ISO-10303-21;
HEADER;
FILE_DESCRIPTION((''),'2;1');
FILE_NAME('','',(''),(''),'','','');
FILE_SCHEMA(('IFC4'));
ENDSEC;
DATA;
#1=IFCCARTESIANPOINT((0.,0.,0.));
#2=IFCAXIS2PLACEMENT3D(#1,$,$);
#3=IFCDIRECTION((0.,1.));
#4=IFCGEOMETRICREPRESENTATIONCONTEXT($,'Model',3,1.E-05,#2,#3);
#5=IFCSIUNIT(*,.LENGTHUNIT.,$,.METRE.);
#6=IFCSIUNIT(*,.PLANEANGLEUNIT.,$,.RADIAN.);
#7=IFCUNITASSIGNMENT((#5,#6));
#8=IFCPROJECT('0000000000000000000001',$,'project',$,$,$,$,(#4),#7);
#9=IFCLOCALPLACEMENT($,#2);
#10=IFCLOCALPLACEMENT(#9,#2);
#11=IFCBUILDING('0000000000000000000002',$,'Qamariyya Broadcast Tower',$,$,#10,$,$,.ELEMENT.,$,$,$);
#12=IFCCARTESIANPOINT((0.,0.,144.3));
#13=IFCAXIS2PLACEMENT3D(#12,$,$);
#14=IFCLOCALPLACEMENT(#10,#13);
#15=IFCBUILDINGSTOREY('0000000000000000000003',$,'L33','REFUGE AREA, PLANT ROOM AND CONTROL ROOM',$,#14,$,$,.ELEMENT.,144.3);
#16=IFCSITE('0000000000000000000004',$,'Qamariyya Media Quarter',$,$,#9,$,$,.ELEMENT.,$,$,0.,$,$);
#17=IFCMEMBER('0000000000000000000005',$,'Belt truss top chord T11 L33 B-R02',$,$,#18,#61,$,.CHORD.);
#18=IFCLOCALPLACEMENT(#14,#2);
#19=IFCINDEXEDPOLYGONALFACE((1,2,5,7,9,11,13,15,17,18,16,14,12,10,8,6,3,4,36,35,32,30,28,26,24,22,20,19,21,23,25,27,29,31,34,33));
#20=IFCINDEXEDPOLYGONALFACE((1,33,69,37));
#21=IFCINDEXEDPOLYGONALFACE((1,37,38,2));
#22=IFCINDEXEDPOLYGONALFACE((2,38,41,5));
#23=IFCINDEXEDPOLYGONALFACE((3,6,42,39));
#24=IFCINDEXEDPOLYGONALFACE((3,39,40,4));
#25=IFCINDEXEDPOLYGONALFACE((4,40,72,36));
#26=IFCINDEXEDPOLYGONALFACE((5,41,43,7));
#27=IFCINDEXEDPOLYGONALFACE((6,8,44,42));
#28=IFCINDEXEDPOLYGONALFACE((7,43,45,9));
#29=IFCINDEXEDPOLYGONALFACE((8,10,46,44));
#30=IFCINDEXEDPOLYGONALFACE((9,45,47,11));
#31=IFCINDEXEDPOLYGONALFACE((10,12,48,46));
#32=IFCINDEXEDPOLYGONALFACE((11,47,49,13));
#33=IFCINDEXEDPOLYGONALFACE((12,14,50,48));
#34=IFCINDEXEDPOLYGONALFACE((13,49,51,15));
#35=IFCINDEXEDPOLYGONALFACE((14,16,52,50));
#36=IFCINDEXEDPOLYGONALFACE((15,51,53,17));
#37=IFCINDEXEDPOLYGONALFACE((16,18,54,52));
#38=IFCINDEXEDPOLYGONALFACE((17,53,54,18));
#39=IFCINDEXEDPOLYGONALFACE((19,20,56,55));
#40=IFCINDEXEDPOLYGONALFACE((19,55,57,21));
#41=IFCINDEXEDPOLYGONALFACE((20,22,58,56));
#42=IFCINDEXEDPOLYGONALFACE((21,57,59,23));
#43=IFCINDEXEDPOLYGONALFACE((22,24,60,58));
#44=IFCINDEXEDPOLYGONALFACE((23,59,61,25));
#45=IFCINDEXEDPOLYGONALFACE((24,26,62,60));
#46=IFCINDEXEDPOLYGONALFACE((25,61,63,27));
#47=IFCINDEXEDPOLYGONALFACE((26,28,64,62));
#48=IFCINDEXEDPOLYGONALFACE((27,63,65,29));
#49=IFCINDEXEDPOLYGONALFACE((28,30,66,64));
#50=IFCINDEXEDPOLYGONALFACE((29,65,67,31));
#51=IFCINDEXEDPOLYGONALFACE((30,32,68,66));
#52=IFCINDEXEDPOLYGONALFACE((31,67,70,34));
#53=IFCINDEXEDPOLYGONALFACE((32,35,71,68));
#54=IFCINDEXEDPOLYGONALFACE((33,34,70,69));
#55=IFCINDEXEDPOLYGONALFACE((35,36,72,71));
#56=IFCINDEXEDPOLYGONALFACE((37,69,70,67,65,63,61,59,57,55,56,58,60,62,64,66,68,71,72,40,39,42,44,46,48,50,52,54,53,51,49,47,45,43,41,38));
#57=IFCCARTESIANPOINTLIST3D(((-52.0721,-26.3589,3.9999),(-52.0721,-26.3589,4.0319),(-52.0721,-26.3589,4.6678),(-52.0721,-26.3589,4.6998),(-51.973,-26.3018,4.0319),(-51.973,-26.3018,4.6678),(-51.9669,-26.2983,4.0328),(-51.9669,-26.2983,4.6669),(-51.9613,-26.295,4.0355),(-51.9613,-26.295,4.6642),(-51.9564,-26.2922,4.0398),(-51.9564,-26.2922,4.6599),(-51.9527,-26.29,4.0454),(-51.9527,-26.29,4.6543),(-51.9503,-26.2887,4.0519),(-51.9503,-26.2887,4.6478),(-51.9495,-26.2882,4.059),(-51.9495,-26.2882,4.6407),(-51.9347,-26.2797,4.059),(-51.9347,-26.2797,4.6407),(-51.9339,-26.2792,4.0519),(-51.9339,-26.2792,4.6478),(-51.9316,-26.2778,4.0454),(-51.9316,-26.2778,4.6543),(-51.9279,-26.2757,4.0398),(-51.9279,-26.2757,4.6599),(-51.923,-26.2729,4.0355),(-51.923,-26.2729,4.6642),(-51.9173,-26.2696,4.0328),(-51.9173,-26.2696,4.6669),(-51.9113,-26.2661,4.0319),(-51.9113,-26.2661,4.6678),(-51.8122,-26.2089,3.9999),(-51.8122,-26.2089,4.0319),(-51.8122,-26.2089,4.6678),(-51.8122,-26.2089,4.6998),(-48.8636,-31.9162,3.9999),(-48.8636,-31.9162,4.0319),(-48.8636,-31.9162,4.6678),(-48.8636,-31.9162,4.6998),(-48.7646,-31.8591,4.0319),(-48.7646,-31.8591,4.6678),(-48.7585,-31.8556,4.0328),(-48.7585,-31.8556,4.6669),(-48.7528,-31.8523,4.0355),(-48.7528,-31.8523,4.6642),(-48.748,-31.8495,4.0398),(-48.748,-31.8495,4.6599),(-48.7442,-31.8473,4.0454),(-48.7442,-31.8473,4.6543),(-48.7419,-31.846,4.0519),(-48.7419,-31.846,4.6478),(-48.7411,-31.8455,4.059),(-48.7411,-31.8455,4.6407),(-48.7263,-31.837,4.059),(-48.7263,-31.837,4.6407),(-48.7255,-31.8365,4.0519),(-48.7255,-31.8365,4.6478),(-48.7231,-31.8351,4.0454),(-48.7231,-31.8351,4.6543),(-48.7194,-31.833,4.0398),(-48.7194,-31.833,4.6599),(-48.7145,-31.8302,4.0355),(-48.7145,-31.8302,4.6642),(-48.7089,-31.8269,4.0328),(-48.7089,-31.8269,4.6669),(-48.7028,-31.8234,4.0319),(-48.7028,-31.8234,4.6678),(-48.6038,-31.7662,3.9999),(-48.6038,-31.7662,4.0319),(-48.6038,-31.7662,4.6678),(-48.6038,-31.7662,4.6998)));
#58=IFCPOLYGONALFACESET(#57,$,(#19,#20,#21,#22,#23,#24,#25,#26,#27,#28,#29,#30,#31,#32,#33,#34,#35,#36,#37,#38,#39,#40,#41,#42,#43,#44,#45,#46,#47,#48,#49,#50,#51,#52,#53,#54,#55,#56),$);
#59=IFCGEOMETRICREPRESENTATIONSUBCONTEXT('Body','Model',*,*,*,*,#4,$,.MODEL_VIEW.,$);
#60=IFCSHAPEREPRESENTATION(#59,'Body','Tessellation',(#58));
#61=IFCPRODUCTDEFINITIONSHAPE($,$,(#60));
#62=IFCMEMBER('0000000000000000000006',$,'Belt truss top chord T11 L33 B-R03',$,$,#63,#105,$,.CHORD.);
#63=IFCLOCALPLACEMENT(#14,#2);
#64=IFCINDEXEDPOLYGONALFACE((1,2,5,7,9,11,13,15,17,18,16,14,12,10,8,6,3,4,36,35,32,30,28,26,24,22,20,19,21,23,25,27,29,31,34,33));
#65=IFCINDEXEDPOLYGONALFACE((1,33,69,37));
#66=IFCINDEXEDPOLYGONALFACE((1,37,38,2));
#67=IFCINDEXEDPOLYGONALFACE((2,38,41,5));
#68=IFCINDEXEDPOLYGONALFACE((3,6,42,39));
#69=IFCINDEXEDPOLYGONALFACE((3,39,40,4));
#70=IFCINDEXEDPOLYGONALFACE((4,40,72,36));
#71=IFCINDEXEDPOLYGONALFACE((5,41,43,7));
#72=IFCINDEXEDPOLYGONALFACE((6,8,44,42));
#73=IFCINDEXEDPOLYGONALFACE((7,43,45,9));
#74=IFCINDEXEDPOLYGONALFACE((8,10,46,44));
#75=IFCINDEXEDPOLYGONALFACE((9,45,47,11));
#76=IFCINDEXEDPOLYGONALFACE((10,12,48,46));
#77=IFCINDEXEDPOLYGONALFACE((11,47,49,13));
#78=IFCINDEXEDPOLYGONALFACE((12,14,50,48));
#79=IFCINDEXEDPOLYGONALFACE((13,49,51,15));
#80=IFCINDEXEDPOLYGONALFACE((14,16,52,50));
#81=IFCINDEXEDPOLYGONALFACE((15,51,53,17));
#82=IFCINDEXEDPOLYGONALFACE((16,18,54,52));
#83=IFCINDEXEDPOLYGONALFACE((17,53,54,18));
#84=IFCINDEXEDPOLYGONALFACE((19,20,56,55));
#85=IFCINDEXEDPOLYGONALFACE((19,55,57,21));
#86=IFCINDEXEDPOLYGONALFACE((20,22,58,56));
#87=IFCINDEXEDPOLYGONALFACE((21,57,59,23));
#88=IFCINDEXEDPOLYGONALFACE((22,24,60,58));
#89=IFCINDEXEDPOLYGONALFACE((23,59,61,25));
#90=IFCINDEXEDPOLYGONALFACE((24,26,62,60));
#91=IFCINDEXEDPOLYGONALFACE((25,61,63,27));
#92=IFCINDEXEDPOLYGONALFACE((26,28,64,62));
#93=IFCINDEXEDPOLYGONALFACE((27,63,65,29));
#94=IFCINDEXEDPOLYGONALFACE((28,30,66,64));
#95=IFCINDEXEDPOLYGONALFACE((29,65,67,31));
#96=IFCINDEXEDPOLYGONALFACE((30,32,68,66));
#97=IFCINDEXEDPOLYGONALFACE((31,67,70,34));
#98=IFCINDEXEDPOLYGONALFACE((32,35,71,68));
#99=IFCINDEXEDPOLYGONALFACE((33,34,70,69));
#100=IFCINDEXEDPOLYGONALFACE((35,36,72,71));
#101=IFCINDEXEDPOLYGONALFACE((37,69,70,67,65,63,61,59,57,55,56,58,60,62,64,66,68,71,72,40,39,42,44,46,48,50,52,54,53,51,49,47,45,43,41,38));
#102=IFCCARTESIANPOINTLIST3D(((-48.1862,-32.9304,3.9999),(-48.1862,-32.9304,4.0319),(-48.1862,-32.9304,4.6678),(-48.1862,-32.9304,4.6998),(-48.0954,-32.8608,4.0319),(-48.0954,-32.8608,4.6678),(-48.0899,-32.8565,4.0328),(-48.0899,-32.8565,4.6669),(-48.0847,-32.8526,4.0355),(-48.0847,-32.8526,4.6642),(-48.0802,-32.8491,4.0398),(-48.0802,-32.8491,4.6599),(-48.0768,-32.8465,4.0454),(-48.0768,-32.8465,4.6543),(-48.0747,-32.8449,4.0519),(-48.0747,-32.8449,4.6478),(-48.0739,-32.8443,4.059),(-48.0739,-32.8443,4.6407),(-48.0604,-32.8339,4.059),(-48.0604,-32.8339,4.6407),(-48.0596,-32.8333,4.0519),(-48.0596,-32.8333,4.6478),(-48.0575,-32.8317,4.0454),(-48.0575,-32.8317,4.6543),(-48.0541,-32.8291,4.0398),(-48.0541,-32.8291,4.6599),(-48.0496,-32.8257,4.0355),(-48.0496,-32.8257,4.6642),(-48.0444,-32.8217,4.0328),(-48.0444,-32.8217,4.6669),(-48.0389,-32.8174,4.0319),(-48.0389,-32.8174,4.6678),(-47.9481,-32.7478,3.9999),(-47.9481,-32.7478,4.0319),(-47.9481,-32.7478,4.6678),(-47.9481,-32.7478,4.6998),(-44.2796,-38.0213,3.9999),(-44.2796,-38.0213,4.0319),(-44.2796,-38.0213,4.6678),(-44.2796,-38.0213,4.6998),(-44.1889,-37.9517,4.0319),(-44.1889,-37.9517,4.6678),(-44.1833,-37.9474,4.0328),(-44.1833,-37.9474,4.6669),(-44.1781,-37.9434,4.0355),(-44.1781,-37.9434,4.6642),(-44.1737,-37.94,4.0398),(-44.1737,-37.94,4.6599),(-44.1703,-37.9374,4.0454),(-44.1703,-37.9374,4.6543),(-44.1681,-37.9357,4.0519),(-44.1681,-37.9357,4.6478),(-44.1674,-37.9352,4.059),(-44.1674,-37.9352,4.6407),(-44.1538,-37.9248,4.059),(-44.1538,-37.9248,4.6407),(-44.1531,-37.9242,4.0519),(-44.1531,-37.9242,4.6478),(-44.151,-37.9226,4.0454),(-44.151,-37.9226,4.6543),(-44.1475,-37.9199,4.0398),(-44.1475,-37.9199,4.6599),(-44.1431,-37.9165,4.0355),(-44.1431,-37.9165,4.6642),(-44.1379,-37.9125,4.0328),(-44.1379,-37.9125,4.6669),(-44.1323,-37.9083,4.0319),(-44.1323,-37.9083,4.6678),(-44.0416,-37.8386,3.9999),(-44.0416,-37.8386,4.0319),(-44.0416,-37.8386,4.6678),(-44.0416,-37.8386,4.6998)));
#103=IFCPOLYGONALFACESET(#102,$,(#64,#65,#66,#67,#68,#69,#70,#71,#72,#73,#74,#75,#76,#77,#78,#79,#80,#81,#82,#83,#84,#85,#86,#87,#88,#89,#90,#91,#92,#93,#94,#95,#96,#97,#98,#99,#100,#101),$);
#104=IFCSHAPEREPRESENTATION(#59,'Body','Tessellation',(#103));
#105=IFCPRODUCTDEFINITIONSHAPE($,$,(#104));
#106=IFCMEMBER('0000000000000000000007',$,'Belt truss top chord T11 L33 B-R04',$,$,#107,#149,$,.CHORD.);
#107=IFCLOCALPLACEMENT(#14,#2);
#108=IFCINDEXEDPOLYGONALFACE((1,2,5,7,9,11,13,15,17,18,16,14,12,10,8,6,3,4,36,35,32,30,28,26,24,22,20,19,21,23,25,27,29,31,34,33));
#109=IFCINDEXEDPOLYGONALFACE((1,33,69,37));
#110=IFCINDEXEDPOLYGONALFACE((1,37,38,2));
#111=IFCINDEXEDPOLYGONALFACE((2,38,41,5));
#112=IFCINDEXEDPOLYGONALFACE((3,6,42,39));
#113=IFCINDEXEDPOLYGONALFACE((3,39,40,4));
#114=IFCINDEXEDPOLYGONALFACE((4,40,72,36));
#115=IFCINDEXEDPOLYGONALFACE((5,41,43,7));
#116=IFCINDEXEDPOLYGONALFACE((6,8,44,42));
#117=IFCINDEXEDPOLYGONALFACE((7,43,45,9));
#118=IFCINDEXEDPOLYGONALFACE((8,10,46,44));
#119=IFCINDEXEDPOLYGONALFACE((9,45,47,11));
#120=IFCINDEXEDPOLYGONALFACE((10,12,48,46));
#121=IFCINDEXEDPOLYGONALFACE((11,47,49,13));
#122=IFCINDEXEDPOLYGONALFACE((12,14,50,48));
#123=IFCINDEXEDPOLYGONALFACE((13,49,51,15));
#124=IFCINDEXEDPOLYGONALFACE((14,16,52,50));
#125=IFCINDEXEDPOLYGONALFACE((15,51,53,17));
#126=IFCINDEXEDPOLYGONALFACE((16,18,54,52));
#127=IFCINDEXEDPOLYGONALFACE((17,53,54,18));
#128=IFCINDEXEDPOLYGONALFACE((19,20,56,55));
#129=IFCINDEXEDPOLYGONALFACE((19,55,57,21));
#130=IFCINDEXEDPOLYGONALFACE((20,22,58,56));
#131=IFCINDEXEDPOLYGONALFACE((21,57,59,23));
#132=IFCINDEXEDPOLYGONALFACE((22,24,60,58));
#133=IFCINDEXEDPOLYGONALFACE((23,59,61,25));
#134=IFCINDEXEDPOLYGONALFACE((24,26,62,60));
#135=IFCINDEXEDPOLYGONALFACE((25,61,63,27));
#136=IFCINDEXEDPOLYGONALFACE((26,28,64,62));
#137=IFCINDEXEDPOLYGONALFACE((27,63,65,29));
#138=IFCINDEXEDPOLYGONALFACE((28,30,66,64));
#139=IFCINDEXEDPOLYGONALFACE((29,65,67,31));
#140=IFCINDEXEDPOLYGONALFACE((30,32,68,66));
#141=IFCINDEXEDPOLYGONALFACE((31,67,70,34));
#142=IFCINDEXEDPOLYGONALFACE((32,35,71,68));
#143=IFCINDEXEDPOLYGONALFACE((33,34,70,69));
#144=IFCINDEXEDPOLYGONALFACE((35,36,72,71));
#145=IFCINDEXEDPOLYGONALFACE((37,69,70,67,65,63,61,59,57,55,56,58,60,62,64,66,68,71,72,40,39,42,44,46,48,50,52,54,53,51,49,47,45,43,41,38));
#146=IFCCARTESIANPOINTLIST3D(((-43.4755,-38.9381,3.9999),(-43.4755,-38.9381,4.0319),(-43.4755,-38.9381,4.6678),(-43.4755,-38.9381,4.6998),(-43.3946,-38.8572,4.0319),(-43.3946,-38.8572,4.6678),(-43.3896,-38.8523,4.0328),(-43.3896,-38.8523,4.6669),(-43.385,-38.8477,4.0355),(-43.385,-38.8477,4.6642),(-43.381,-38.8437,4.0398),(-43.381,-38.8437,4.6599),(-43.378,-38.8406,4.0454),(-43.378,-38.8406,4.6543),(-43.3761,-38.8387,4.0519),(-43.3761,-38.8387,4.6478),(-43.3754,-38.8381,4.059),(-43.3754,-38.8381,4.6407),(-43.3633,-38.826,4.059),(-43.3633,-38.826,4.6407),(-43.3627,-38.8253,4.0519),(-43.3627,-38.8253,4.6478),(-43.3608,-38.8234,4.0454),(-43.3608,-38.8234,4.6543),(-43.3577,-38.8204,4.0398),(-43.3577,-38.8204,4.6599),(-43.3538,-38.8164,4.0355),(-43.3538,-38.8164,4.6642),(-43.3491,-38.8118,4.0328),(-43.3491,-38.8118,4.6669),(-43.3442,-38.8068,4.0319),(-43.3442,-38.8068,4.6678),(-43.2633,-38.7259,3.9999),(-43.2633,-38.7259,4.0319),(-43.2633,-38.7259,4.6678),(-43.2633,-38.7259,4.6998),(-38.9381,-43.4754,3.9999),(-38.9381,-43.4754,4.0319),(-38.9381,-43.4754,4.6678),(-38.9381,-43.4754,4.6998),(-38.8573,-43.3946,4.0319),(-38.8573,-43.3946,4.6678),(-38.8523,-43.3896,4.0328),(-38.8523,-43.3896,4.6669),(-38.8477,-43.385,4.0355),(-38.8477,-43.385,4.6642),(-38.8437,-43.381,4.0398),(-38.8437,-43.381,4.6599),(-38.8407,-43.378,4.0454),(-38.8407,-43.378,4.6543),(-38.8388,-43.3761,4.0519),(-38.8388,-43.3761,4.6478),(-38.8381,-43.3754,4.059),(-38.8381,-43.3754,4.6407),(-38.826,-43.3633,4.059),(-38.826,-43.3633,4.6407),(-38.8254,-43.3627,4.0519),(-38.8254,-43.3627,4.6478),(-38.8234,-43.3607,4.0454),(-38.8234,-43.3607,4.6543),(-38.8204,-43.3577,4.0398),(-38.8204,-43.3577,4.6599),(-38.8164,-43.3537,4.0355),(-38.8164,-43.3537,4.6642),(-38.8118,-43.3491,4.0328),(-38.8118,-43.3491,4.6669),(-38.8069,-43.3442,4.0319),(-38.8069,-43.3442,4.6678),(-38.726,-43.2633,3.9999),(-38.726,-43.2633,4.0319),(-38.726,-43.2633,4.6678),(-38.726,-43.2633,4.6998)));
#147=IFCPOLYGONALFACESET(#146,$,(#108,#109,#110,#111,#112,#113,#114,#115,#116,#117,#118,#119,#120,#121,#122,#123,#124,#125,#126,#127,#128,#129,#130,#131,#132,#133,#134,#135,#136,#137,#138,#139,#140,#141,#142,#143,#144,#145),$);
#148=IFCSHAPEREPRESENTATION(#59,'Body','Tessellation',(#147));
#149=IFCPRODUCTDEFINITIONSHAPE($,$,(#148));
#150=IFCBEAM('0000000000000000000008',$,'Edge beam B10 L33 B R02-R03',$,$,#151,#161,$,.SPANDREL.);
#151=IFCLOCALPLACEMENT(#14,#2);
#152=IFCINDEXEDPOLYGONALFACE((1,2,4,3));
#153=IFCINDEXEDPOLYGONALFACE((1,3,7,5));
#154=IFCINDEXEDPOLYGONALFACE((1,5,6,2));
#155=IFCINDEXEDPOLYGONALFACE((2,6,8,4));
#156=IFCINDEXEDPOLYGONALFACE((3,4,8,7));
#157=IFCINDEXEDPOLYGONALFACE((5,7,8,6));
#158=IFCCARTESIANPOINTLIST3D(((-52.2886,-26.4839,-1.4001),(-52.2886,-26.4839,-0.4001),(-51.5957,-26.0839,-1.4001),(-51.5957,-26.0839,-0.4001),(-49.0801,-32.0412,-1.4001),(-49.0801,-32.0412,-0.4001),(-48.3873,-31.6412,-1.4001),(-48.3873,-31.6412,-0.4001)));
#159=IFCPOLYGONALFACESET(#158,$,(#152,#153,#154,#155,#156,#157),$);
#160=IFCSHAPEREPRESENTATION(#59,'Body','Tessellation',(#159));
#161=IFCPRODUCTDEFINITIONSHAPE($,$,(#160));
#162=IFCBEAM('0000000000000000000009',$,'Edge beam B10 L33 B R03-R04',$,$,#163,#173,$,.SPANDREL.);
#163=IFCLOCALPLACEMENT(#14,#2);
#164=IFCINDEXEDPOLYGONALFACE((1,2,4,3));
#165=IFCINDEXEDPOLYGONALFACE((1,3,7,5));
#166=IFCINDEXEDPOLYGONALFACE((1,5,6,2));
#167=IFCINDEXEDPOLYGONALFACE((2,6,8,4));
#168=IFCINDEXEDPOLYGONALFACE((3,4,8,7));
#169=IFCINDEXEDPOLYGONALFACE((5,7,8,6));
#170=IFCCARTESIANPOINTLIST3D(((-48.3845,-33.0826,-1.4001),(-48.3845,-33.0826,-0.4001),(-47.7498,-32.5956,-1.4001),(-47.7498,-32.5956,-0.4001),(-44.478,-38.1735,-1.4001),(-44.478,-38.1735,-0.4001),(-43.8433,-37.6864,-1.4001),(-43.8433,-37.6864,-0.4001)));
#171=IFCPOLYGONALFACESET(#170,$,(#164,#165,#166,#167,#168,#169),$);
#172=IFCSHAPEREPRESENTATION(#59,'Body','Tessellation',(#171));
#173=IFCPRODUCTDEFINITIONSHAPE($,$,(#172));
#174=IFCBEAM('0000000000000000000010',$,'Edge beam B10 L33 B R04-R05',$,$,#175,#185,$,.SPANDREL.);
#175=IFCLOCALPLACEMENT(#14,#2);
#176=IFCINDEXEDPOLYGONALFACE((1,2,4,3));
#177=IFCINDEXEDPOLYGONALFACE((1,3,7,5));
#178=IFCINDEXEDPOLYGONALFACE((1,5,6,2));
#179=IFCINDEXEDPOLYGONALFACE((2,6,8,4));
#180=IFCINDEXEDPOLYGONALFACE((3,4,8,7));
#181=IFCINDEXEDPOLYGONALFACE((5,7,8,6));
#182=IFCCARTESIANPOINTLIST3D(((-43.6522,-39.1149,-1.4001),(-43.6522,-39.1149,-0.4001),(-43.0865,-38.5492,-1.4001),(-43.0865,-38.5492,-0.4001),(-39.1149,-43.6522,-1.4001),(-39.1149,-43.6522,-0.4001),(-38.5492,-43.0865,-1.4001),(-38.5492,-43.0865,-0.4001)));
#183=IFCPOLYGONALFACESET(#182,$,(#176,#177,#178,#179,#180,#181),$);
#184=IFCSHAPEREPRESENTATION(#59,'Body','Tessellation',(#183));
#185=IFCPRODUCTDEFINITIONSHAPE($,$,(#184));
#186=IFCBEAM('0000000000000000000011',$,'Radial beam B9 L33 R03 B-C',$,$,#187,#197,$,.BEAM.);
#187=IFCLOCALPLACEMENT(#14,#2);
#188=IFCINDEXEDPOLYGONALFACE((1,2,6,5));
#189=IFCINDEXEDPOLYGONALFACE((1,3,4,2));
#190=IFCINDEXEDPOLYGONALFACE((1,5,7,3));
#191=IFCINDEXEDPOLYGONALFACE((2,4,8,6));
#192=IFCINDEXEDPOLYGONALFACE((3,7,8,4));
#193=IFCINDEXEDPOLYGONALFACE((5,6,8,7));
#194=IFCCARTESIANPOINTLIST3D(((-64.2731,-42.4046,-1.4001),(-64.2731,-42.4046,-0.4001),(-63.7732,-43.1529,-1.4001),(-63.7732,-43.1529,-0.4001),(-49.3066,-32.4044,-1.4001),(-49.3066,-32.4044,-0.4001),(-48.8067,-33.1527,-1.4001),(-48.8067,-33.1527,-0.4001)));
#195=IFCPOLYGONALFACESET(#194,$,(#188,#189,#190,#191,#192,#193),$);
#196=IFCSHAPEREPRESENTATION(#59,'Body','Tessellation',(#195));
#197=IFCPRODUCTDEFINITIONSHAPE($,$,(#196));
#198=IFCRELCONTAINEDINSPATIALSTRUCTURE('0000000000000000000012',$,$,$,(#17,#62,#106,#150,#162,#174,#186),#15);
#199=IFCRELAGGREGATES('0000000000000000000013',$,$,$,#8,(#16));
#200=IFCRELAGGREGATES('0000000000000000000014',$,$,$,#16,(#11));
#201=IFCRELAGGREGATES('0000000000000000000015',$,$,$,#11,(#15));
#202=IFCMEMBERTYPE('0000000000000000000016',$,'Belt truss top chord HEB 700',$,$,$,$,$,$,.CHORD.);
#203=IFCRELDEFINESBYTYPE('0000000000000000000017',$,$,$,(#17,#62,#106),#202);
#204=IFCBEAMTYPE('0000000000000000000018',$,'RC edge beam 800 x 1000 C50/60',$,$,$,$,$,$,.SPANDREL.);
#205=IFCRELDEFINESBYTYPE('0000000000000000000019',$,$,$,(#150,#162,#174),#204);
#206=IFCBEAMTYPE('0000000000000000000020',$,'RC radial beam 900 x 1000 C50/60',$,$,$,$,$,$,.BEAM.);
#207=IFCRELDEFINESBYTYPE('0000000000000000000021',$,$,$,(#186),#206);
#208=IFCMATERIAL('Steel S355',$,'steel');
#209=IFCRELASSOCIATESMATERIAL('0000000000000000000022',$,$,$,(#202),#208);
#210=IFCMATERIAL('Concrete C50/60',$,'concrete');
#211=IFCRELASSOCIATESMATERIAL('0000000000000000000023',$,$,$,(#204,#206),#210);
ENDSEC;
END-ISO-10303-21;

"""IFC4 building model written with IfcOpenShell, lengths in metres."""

from ifc_helpers import new_model, si_unit, direction, frame, origin, origin_2d, place, context, subcontext, project, spatial, rectangle, i_section, extrude, material, material_profile, profile_set, type_object, element, save


model = new_model("IFC4")

# Units and contexts
model_context = context("Model", 3, precision=1e-05, world=origin(), true_north=direction((0.0, 1.0)))
body_context = subcontext(model_context, "Body", "Model", "MODEL_VIEW")
ifc_project = project(units=[si_unit("LENGTHUNIT", "METRE"), si_unit("PLANEANGLEUNIT", "RADIAN")], contexts=[model_context])

# Site, building, storey
site_placement = place(None, origin())
site = spatial("IfcSite", under=ifc_project, at=site_placement, Name="Qamariyya Media Quarter", CompositionType="ELEMENT", RefElevation=0.0)
building_placement = place(site_placement, origin())
building = spatial("IfcBuilding", under=site, at=building_placement, Name="Qamariyya Broadcast Tower", CompositionType="ELEMENT")
storey_placement = place(building_placement, frame((0.0, 0.0, 144.3)))
storey = spatial("IfcBuildingStorey", under=building, at=storey_placement, Name="L33", Description="REFUGE AREA, PLANT ROOM AND CONTROL ROOM", CompositionType="ELEMENT", Elevation=144.3)

# Members
ifc_material_1 = material(Name="Steel S355", Category="steel")
ifc_material_profile_1 = material_profile(ifc_material_1, i_section(OverallWidth=0.3, OverallDepth=0.7, WebThickness=0.0171, FlangeThickness=0.032, FilletRadius=0.0271, at=origin_2d()))
ifc_profile_set_1 = profile_set([ifc_material_profile_1], Name="Steel S355")
member_type_1 = type_object("IfcMemberType", Name="Belt truss top chord HEB 700", PredefinedType="CHORD", material=ifc_profile_set_1)
for number, where, z_axis, x_axis, name in (
    (1, (-51.9421, -26.2839, 4.3499), (0.499994, -0.866029, 0.0), (0.866029, 0.499994, 0.0), "Belt truss top chord T11 L33 B-R02"),
    (2, (-48.0671, -32.8391, 4.3499), (0.608778, -0.793341, 0.0), (0.793341, 0.608778, 0.0), "Belt truss top chord T11 L33 B-R03"),
):
    element("IfcMember", number, at=place(storey_placement, frame(where, z_axis=z_axis, x_axis=x_axis)), inside=storey, type_object=member_type_1, Name=name, PredefinedType="CHORD", context=body_context, shape_type="SweptSolid", body=[
        extrude(i_section(OverallWidth=0.3, OverallDepth=0.7, WebThickness=0.0171, FlangeThickness=0.032, FilletRadius=0.0271, at=origin_2d()), origin(), (0.0, 0.0, 1.0), 6.417),
    ])
member_1_placement = place(storey_placement, frame((-43.3694, -38.832, 4.3499), z_axis=(0.707107, -0.707107, 0.0), x_axis=(0.707107, 0.707107, 0.0)))
element("IfcMember", 3, at=member_1_placement, inside=storey, type_object=member_type_1, Name="Belt truss top chord T11 L33 B-R04", PredefinedType="CHORD", context=body_context, shape_type="SweptSolid", body=[
    extrude(i_section(OverallWidth=0.3, OverallDepth=0.7, WebThickness=0.0171, FlangeThickness=0.032, FilletRadius=0.0271, at=origin_2d()), origin(), (0.0, 0.0, 1.0), 6.4167),
])

# Beams
ifc_material_2 = material(Name="Concrete C50/60", Category="concrete")
ifc_material_profile_2 = material_profile(ifc_material_2, rectangle(XDim=0.8, YDim=1.0, at=origin_2d()))
ifc_profile_set_2 = profile_set([ifc_material_profile_2], Name="Concrete C50/60")
beam_type_1 = type_object("IfcBeamType", Name="RC edge beam 800 x 1000 C50/60", PredefinedType="SPANDREL", material=ifc_profile_set_2)
for number, where, z_axis, x_axis, name in (
    (4, (-51.9421, -26.2839, -0.9001), (0.499994, -0.866029, 0.0), (0.866029, 0.499994, 0.0), "Edge beam B10 L33 B R02-R03"),
    (5, (-48.0671, -32.8391, -0.9001), (0.608778, -0.793341, 0.0), (0.793341, 0.608778, 0.0), "Edge beam B10 L33 B R03-R04"),
):
    element("IfcBeam", number, at=place(storey_placement, frame(where, z_axis=z_axis, x_axis=x_axis)), inside=storey, type_object=beam_type_1, Name=name, PredefinedType="SPANDREL", context=body_context, shape_type="SweptSolid", body=[
        extrude(rectangle(XDim=0.8, YDim=1.0, at=origin_2d()), origin(), (0.0, 0.0, 1.0), 6.417),
    ])
beam_1_placement = place(storey_placement, frame((-43.3694, -38.832, -0.9001), z_axis=(0.707107, -0.707107, 0.0), x_axis=(0.707107, 0.707107, 0.0)))
element("IfcBeam", 6, at=beam_1_placement, inside=storey, type_object=beam_type_1, Name="Edge beam B10 L33 B R04-R05", PredefinedType="SPANDREL", context=body_context, shape_type="SweptSolid", body=[
    extrude(rectangle(XDim=0.8, YDim=1.0, at=origin_2d()), origin(), (0.0, 0.0, 1.0), 6.4167),
])
ifc_material_profile_3 = material_profile(ifc_material_2, rectangle(XDim=0.8999, YDim=1.0, at=origin_2d()))
ifc_profile_set_3 = profile_set([ifc_material_profile_3], Name="Concrete C50/60")
beam_type_2 = type_object("IfcBeamType", Name="RC radial beam 900 x 1000 C50/60", PredefinedType="BEAM", material=ifc_profile_set_3)
beam_2_placement = place(storey_placement, frame((-49.0566, -32.7786, -0.9001), z_axis=(-0.831472, -0.555567, 0.0), x_axis=(0.555567, -0.831472, 0.0)))
element("IfcBeam", 7, at=beam_2_placement, inside=storey, type_object=beam_type_2, Name="Radial beam B9 L33 R03 B-C", PredefinedType="BEAM", context=body_context, shape_type="SweptSolid", body=[
    extrude(rectangle(XDim=0.8999, YDim=1.0, at=origin_2d()), origin(), (0.0, 0.0, 1.0), 18.0),
])

save(model, "model.ifc")
